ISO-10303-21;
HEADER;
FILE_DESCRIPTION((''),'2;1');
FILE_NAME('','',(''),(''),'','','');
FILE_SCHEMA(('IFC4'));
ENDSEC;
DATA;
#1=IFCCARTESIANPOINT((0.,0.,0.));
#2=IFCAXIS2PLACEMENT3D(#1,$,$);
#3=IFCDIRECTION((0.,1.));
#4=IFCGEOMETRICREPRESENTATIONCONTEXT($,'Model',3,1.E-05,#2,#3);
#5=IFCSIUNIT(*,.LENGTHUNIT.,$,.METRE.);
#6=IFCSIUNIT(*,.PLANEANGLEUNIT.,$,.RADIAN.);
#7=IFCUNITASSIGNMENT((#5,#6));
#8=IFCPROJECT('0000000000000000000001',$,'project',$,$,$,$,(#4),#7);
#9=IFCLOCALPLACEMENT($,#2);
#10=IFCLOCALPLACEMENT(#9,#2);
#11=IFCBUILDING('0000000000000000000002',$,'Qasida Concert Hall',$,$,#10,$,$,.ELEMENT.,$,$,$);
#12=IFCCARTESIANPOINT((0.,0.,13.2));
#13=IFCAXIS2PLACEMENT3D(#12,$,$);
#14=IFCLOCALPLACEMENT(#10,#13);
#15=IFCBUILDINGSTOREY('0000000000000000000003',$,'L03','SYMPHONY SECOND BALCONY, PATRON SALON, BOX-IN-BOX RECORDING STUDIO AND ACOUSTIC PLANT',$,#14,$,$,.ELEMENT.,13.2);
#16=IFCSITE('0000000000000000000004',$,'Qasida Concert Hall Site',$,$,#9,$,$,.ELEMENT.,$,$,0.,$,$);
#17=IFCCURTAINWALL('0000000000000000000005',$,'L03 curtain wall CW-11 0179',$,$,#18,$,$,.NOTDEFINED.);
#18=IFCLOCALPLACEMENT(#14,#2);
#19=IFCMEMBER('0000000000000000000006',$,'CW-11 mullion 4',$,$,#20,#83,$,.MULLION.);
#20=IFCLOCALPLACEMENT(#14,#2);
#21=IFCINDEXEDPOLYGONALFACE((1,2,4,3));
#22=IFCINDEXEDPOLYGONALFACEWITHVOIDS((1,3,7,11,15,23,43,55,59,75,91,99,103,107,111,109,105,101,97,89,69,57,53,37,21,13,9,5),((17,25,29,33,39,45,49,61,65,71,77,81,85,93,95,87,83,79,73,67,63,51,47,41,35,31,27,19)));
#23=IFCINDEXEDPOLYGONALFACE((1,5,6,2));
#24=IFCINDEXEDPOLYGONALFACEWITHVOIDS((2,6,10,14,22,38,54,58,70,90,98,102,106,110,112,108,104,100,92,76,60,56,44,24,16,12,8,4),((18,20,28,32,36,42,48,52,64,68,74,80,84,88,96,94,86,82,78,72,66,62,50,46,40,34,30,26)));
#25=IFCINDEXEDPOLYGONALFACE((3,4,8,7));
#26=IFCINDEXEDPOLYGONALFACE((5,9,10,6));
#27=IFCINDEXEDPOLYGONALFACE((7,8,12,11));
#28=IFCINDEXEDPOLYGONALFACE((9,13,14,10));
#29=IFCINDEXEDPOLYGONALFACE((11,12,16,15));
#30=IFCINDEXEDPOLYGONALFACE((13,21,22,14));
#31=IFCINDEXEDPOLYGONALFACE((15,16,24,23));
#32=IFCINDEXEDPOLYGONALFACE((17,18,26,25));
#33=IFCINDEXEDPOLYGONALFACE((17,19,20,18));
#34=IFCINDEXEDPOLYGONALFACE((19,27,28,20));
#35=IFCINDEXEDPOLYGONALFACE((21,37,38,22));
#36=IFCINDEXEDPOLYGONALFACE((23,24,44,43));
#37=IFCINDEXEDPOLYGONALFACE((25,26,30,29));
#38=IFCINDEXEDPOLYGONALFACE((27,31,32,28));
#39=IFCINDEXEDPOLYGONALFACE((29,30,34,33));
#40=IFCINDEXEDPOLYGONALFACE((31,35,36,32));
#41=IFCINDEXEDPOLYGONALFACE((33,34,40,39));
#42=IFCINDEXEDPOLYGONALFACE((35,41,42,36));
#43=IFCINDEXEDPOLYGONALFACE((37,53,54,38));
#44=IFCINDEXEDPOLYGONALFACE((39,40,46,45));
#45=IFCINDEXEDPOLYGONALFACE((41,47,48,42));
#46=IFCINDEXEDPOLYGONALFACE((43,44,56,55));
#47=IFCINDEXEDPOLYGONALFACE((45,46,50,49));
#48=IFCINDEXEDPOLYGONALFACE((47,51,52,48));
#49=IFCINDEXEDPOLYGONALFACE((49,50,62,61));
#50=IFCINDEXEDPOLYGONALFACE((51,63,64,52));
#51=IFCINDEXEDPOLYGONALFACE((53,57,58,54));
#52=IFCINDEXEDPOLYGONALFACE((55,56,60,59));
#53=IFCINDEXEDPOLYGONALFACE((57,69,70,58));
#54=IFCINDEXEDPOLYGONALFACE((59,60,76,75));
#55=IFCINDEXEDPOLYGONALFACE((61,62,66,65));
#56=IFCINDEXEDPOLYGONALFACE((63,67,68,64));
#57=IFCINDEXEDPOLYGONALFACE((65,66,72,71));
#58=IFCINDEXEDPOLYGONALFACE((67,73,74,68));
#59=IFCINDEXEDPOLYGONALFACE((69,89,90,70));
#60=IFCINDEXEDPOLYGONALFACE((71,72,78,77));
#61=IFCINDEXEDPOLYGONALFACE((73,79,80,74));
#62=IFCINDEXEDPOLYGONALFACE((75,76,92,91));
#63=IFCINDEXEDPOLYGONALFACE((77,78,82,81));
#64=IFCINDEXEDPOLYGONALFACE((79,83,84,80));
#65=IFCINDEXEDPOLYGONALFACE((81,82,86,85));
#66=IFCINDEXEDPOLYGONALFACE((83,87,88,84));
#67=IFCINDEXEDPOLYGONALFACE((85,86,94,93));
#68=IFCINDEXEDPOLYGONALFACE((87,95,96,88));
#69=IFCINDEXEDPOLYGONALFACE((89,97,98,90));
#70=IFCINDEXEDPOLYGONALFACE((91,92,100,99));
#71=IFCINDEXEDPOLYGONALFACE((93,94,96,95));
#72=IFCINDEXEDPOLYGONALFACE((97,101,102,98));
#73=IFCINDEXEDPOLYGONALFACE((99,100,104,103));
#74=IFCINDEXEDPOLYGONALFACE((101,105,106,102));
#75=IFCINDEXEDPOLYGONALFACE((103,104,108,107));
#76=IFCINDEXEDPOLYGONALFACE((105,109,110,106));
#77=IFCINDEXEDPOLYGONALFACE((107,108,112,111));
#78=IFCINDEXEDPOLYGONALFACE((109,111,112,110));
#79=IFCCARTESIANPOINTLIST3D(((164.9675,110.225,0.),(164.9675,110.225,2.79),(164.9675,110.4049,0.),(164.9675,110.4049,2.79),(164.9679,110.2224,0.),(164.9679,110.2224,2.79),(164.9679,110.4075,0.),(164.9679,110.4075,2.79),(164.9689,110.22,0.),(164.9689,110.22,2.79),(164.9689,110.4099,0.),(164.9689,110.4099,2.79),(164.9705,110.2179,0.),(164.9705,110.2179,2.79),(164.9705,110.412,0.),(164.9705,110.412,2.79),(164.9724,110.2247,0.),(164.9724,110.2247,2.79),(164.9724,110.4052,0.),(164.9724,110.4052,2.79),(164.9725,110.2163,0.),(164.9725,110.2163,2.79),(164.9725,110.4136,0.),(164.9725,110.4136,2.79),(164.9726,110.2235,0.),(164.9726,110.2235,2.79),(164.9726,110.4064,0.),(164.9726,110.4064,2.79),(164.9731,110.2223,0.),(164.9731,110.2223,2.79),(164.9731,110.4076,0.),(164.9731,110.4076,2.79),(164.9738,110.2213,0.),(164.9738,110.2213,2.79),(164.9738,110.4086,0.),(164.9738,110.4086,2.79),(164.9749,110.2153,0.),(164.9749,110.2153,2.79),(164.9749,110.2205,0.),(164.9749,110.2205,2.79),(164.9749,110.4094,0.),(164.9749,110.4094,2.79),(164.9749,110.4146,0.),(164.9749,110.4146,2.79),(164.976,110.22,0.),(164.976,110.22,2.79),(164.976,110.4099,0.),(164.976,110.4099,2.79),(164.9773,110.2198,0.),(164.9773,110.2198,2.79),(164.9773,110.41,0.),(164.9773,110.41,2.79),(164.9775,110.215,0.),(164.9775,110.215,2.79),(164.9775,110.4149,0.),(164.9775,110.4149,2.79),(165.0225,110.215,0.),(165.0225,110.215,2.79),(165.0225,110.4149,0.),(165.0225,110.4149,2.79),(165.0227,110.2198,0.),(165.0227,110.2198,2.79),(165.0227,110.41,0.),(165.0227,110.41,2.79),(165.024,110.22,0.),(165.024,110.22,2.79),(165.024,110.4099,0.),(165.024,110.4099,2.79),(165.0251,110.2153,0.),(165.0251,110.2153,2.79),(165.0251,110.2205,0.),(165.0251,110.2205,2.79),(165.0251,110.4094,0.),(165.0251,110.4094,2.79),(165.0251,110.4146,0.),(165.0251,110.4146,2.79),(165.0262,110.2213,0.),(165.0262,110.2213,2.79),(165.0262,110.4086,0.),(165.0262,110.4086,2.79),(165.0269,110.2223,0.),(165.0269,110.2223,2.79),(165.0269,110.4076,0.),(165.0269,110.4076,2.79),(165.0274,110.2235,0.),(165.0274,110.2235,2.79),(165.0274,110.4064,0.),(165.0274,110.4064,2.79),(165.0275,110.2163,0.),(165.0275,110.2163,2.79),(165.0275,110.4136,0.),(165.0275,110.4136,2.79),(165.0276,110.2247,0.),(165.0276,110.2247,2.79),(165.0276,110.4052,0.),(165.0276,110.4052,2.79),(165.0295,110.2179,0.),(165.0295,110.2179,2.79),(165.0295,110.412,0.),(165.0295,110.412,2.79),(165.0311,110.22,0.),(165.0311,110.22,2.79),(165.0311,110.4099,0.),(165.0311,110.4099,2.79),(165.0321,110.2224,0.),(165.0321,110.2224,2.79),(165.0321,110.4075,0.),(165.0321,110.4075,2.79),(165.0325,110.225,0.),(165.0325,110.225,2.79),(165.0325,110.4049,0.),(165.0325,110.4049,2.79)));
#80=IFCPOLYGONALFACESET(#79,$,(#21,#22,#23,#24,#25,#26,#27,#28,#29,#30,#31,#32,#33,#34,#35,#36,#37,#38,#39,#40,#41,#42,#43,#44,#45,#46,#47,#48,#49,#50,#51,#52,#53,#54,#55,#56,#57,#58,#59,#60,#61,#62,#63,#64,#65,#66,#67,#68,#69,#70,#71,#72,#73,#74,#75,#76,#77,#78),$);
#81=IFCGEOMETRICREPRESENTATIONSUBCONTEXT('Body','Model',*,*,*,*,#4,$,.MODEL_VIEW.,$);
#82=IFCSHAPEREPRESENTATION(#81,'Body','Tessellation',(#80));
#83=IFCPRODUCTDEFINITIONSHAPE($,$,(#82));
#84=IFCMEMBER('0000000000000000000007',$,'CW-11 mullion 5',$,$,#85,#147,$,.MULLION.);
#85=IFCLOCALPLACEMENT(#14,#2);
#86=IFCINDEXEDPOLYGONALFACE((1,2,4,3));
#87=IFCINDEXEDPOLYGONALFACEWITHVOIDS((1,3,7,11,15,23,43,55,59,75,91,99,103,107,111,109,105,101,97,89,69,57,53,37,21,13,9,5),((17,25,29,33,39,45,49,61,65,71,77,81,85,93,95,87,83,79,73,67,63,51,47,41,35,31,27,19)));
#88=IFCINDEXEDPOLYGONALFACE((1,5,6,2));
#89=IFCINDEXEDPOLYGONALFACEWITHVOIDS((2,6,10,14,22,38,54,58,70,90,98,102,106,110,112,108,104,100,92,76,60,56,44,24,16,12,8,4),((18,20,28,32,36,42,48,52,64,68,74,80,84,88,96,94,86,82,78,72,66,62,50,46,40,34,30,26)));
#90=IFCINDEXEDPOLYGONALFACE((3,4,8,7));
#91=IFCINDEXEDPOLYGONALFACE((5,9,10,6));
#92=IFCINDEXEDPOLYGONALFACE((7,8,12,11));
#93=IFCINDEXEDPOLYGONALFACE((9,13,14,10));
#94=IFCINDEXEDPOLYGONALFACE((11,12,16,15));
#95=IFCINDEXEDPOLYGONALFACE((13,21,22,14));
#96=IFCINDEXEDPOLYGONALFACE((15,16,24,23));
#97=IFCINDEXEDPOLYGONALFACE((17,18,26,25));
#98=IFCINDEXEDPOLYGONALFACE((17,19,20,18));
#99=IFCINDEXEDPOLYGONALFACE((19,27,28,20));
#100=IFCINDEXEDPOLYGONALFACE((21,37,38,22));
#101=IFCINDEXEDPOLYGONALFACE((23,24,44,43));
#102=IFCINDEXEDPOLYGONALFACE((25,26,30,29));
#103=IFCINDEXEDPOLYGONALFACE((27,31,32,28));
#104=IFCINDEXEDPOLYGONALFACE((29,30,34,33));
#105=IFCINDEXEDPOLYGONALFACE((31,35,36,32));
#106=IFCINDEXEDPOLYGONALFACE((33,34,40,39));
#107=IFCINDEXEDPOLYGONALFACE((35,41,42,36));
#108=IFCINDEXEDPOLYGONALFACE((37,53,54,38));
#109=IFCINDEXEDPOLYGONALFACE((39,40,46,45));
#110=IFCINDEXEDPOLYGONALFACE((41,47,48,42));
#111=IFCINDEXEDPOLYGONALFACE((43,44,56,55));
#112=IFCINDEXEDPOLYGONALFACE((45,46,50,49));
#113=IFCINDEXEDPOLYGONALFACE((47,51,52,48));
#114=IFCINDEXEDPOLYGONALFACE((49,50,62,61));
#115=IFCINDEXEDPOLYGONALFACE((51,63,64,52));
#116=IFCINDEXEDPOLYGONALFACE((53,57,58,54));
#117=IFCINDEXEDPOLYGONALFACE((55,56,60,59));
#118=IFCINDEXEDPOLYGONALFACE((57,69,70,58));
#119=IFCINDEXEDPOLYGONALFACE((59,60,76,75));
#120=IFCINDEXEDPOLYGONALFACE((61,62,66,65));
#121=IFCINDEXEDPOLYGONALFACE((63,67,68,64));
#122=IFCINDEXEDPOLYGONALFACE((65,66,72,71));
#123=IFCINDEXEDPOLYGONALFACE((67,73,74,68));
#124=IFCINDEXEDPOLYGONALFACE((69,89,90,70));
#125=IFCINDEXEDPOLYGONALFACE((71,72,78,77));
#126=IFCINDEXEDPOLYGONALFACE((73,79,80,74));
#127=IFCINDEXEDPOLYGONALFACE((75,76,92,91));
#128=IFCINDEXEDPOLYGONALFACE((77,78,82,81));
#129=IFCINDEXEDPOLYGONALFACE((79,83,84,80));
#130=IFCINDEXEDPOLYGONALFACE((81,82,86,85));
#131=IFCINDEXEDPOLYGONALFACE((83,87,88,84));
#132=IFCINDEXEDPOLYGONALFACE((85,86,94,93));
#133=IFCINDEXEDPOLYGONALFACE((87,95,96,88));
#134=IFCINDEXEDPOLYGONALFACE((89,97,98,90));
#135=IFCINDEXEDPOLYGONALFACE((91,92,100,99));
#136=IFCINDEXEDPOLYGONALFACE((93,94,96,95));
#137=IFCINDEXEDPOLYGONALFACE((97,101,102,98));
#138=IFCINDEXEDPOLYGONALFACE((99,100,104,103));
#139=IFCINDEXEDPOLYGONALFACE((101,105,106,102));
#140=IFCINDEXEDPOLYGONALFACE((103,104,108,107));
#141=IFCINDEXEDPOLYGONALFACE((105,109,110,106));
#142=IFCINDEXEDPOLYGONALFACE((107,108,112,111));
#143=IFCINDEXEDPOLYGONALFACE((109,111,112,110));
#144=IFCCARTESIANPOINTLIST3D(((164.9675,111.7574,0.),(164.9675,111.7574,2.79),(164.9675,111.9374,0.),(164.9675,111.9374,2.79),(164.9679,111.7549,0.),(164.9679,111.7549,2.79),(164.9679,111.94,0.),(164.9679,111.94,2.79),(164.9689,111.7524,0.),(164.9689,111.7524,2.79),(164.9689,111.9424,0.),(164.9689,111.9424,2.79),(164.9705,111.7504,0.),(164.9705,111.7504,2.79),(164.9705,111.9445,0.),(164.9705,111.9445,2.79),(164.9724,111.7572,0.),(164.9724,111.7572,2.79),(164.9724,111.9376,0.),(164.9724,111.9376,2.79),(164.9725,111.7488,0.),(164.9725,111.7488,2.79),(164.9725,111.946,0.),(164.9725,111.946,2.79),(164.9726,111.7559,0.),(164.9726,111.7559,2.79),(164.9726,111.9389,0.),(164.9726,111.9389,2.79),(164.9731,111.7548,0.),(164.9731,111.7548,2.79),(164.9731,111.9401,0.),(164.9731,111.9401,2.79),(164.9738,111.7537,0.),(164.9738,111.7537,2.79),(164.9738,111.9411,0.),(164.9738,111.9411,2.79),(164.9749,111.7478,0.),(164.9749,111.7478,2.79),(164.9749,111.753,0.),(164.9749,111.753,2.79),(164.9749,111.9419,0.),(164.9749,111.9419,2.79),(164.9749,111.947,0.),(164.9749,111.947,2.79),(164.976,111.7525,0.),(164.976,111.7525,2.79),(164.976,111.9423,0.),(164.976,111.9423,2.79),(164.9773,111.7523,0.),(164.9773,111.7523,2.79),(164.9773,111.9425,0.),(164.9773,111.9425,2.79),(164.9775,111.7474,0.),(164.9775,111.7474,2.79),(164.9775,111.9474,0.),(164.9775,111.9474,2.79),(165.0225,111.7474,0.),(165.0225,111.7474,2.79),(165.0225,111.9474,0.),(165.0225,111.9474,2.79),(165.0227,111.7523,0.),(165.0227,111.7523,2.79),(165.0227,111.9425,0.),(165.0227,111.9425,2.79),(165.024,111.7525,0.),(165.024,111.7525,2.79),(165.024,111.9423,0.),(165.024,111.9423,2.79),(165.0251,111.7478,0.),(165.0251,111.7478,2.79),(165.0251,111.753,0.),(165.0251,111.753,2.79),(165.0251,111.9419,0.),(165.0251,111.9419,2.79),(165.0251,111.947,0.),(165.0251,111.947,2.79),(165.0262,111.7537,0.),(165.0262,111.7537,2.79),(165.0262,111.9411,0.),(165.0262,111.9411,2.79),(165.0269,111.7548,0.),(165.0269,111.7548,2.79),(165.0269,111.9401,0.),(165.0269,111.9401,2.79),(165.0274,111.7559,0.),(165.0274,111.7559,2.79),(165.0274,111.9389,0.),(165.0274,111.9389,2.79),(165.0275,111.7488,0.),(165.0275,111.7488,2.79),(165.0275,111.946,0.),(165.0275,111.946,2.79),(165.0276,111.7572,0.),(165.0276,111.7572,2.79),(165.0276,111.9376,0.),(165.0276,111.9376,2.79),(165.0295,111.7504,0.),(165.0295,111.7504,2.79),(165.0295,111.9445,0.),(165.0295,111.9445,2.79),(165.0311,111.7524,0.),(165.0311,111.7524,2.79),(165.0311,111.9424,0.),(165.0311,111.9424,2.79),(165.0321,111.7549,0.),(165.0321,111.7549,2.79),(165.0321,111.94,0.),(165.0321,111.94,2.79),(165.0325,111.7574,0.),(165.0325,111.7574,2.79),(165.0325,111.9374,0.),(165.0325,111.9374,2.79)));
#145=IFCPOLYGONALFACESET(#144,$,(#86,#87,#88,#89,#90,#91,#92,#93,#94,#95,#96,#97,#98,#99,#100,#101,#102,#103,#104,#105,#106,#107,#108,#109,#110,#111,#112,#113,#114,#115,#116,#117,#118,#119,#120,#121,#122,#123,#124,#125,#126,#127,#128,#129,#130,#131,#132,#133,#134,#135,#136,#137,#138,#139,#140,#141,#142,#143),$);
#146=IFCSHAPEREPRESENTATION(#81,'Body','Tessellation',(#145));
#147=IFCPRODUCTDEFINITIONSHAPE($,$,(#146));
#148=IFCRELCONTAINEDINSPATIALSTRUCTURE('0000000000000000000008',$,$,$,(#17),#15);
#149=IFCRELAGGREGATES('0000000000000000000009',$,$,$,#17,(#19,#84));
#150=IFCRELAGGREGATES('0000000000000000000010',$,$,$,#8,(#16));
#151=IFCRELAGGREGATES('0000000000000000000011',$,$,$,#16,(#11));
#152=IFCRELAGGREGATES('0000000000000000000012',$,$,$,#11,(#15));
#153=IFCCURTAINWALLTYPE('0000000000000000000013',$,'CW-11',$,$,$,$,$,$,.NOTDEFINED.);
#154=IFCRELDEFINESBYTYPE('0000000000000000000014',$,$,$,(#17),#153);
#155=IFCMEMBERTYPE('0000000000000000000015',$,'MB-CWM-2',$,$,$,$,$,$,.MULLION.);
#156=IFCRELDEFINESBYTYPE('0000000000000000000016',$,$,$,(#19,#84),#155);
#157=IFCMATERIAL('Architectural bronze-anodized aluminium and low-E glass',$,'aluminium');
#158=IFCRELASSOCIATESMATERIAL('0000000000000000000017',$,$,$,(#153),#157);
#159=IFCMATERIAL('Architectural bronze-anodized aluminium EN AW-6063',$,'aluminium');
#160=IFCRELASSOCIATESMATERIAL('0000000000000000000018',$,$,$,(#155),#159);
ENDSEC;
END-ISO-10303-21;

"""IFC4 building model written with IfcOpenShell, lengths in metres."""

from ifc_helpers import new_model, si_unit, direction, frame, origin, origin_2d, place, context, subcontext, project, spatial, hollow_rectangle, extrude, material, material_profile, profile_set, type_object, element, aggregate, save


model = new_model("IFC4")

# Units and contexts
model_context = context("Model", 3, precision=1e-05, world=origin(), true_north=direction((0.0, 1.0)))
body_context = subcontext(model_context, "Body", "Model", "MODEL_VIEW")
ifc_project = project(units=[si_unit("LENGTHUNIT", "METRE"), si_unit("PLANEANGLEUNIT", "RADIAN")], contexts=[model_context])

# Site, building, storey
site_placement = place(None, origin())
site = spatial("IfcSite", under=ifc_project, at=site_placement, Name="Qasida Concert Hall Site", CompositionType="ELEMENT", RefElevation=0.0)
building_placement = place(site_placement, origin())
building = spatial("IfcBuilding", under=site, at=building_placement, Name="Qasida Concert Hall", CompositionType="ELEMENT")
storey_placement = place(building_placement, frame((0.0, 0.0, 13.2)))
storey = spatial("IfcBuildingStorey", under=building, at=storey_placement, Name="L03", Description="SYMPHONY SECOND BALCONY, PATRON SALON, BOX-IN-BOX RECORDING STUDIO AND ACOUSTIC PLANT", CompositionType="ELEMENT", Elevation=13.2)

# Curtain wall, members
ifc_material_1 = material(Name="Architectural bronze-anodized aluminium and low-E glass", Category="aluminium")
curtain_wall_type = type_object("IfcCurtainWallType", Name="CW-11", PredefinedType="NOTDEFINED", material=ifc_material_1)
curtain_wall_placement = place(storey_placement, origin())
curtain_wall = element("IfcCurtainWall", 1, at=curtain_wall_placement, inside=storey, type_object=curtain_wall_type, Name="L03 curtain wall CW-11 0179", PredefinedType="NOTDEFINED")
ifc_material_2 = material(Name="Architectural bronze-anodized aluminium EN AW-6063", Category="aluminium")
ifc_material_profile_1 = material_profile(ifc_material_2, hollow_rectangle(XDim=0.0649, YDim=0.2, WallThickness=0.0049, InnerFilletRadius=0.0049, OuterFilletRadius=0.01, at=origin_2d()), Name="CWM 200x65x5")
ifc_profile_set_1 = profile_set([ifc_material_profile_1], Name="Architectural bronze-anodized aluminium EN AW-6063")
member_type_1 = type_object("IfcMemberType", Name="MB-CWM-2", PredefinedType="MULLION", material=ifc_profile_set_1)
member_1_placement = place(storey_placement, frame((165.0, 110.3149, 0.0), z_axis=(0.0, 0.0, 1.0), x_axis=(-1.0, 0.0, 0.0)))
member_1 = element("IfcMember", 2, at=member_1_placement, type_object=member_type_1, Name="CW-11 mullion 4", PredefinedType="MULLION", context=body_context, shape_type="SweptSolid", body=[
    extrude(hollow_rectangle(XDim=0.0649, YDim=0.2, WallThickness=0.0049, InnerFilletRadius=0.0049, OuterFilletRadius=0.01, at=origin_2d()), origin(), (0.0, 0.0, 1.0), 2.79),
])
member_2_placement = place(storey_placement, frame((165.0, 111.8474, 0.0), z_axis=(0.0, 0.0, 1.0), x_axis=(-1.0, 0.0, 0.0)))
member_2 = element("IfcMember", 3, at=member_2_placement, type_object=member_type_1, Name="CW-11 mullion 5", PredefinedType="MULLION", context=body_context, shape_type="SweptSolid", body=[
    extrude(hollow_rectangle(XDim=0.0649, YDim=0.2, WallThickness=0.0049, InnerFilletRadius=0.0049, OuterFilletRadius=0.01, at=origin_2d()), origin(), (0.0, 0.0, 1.0), 2.79),
])
aggregate(curtain_wall, [member_1, member_2])

save(model, "model.ifc")
